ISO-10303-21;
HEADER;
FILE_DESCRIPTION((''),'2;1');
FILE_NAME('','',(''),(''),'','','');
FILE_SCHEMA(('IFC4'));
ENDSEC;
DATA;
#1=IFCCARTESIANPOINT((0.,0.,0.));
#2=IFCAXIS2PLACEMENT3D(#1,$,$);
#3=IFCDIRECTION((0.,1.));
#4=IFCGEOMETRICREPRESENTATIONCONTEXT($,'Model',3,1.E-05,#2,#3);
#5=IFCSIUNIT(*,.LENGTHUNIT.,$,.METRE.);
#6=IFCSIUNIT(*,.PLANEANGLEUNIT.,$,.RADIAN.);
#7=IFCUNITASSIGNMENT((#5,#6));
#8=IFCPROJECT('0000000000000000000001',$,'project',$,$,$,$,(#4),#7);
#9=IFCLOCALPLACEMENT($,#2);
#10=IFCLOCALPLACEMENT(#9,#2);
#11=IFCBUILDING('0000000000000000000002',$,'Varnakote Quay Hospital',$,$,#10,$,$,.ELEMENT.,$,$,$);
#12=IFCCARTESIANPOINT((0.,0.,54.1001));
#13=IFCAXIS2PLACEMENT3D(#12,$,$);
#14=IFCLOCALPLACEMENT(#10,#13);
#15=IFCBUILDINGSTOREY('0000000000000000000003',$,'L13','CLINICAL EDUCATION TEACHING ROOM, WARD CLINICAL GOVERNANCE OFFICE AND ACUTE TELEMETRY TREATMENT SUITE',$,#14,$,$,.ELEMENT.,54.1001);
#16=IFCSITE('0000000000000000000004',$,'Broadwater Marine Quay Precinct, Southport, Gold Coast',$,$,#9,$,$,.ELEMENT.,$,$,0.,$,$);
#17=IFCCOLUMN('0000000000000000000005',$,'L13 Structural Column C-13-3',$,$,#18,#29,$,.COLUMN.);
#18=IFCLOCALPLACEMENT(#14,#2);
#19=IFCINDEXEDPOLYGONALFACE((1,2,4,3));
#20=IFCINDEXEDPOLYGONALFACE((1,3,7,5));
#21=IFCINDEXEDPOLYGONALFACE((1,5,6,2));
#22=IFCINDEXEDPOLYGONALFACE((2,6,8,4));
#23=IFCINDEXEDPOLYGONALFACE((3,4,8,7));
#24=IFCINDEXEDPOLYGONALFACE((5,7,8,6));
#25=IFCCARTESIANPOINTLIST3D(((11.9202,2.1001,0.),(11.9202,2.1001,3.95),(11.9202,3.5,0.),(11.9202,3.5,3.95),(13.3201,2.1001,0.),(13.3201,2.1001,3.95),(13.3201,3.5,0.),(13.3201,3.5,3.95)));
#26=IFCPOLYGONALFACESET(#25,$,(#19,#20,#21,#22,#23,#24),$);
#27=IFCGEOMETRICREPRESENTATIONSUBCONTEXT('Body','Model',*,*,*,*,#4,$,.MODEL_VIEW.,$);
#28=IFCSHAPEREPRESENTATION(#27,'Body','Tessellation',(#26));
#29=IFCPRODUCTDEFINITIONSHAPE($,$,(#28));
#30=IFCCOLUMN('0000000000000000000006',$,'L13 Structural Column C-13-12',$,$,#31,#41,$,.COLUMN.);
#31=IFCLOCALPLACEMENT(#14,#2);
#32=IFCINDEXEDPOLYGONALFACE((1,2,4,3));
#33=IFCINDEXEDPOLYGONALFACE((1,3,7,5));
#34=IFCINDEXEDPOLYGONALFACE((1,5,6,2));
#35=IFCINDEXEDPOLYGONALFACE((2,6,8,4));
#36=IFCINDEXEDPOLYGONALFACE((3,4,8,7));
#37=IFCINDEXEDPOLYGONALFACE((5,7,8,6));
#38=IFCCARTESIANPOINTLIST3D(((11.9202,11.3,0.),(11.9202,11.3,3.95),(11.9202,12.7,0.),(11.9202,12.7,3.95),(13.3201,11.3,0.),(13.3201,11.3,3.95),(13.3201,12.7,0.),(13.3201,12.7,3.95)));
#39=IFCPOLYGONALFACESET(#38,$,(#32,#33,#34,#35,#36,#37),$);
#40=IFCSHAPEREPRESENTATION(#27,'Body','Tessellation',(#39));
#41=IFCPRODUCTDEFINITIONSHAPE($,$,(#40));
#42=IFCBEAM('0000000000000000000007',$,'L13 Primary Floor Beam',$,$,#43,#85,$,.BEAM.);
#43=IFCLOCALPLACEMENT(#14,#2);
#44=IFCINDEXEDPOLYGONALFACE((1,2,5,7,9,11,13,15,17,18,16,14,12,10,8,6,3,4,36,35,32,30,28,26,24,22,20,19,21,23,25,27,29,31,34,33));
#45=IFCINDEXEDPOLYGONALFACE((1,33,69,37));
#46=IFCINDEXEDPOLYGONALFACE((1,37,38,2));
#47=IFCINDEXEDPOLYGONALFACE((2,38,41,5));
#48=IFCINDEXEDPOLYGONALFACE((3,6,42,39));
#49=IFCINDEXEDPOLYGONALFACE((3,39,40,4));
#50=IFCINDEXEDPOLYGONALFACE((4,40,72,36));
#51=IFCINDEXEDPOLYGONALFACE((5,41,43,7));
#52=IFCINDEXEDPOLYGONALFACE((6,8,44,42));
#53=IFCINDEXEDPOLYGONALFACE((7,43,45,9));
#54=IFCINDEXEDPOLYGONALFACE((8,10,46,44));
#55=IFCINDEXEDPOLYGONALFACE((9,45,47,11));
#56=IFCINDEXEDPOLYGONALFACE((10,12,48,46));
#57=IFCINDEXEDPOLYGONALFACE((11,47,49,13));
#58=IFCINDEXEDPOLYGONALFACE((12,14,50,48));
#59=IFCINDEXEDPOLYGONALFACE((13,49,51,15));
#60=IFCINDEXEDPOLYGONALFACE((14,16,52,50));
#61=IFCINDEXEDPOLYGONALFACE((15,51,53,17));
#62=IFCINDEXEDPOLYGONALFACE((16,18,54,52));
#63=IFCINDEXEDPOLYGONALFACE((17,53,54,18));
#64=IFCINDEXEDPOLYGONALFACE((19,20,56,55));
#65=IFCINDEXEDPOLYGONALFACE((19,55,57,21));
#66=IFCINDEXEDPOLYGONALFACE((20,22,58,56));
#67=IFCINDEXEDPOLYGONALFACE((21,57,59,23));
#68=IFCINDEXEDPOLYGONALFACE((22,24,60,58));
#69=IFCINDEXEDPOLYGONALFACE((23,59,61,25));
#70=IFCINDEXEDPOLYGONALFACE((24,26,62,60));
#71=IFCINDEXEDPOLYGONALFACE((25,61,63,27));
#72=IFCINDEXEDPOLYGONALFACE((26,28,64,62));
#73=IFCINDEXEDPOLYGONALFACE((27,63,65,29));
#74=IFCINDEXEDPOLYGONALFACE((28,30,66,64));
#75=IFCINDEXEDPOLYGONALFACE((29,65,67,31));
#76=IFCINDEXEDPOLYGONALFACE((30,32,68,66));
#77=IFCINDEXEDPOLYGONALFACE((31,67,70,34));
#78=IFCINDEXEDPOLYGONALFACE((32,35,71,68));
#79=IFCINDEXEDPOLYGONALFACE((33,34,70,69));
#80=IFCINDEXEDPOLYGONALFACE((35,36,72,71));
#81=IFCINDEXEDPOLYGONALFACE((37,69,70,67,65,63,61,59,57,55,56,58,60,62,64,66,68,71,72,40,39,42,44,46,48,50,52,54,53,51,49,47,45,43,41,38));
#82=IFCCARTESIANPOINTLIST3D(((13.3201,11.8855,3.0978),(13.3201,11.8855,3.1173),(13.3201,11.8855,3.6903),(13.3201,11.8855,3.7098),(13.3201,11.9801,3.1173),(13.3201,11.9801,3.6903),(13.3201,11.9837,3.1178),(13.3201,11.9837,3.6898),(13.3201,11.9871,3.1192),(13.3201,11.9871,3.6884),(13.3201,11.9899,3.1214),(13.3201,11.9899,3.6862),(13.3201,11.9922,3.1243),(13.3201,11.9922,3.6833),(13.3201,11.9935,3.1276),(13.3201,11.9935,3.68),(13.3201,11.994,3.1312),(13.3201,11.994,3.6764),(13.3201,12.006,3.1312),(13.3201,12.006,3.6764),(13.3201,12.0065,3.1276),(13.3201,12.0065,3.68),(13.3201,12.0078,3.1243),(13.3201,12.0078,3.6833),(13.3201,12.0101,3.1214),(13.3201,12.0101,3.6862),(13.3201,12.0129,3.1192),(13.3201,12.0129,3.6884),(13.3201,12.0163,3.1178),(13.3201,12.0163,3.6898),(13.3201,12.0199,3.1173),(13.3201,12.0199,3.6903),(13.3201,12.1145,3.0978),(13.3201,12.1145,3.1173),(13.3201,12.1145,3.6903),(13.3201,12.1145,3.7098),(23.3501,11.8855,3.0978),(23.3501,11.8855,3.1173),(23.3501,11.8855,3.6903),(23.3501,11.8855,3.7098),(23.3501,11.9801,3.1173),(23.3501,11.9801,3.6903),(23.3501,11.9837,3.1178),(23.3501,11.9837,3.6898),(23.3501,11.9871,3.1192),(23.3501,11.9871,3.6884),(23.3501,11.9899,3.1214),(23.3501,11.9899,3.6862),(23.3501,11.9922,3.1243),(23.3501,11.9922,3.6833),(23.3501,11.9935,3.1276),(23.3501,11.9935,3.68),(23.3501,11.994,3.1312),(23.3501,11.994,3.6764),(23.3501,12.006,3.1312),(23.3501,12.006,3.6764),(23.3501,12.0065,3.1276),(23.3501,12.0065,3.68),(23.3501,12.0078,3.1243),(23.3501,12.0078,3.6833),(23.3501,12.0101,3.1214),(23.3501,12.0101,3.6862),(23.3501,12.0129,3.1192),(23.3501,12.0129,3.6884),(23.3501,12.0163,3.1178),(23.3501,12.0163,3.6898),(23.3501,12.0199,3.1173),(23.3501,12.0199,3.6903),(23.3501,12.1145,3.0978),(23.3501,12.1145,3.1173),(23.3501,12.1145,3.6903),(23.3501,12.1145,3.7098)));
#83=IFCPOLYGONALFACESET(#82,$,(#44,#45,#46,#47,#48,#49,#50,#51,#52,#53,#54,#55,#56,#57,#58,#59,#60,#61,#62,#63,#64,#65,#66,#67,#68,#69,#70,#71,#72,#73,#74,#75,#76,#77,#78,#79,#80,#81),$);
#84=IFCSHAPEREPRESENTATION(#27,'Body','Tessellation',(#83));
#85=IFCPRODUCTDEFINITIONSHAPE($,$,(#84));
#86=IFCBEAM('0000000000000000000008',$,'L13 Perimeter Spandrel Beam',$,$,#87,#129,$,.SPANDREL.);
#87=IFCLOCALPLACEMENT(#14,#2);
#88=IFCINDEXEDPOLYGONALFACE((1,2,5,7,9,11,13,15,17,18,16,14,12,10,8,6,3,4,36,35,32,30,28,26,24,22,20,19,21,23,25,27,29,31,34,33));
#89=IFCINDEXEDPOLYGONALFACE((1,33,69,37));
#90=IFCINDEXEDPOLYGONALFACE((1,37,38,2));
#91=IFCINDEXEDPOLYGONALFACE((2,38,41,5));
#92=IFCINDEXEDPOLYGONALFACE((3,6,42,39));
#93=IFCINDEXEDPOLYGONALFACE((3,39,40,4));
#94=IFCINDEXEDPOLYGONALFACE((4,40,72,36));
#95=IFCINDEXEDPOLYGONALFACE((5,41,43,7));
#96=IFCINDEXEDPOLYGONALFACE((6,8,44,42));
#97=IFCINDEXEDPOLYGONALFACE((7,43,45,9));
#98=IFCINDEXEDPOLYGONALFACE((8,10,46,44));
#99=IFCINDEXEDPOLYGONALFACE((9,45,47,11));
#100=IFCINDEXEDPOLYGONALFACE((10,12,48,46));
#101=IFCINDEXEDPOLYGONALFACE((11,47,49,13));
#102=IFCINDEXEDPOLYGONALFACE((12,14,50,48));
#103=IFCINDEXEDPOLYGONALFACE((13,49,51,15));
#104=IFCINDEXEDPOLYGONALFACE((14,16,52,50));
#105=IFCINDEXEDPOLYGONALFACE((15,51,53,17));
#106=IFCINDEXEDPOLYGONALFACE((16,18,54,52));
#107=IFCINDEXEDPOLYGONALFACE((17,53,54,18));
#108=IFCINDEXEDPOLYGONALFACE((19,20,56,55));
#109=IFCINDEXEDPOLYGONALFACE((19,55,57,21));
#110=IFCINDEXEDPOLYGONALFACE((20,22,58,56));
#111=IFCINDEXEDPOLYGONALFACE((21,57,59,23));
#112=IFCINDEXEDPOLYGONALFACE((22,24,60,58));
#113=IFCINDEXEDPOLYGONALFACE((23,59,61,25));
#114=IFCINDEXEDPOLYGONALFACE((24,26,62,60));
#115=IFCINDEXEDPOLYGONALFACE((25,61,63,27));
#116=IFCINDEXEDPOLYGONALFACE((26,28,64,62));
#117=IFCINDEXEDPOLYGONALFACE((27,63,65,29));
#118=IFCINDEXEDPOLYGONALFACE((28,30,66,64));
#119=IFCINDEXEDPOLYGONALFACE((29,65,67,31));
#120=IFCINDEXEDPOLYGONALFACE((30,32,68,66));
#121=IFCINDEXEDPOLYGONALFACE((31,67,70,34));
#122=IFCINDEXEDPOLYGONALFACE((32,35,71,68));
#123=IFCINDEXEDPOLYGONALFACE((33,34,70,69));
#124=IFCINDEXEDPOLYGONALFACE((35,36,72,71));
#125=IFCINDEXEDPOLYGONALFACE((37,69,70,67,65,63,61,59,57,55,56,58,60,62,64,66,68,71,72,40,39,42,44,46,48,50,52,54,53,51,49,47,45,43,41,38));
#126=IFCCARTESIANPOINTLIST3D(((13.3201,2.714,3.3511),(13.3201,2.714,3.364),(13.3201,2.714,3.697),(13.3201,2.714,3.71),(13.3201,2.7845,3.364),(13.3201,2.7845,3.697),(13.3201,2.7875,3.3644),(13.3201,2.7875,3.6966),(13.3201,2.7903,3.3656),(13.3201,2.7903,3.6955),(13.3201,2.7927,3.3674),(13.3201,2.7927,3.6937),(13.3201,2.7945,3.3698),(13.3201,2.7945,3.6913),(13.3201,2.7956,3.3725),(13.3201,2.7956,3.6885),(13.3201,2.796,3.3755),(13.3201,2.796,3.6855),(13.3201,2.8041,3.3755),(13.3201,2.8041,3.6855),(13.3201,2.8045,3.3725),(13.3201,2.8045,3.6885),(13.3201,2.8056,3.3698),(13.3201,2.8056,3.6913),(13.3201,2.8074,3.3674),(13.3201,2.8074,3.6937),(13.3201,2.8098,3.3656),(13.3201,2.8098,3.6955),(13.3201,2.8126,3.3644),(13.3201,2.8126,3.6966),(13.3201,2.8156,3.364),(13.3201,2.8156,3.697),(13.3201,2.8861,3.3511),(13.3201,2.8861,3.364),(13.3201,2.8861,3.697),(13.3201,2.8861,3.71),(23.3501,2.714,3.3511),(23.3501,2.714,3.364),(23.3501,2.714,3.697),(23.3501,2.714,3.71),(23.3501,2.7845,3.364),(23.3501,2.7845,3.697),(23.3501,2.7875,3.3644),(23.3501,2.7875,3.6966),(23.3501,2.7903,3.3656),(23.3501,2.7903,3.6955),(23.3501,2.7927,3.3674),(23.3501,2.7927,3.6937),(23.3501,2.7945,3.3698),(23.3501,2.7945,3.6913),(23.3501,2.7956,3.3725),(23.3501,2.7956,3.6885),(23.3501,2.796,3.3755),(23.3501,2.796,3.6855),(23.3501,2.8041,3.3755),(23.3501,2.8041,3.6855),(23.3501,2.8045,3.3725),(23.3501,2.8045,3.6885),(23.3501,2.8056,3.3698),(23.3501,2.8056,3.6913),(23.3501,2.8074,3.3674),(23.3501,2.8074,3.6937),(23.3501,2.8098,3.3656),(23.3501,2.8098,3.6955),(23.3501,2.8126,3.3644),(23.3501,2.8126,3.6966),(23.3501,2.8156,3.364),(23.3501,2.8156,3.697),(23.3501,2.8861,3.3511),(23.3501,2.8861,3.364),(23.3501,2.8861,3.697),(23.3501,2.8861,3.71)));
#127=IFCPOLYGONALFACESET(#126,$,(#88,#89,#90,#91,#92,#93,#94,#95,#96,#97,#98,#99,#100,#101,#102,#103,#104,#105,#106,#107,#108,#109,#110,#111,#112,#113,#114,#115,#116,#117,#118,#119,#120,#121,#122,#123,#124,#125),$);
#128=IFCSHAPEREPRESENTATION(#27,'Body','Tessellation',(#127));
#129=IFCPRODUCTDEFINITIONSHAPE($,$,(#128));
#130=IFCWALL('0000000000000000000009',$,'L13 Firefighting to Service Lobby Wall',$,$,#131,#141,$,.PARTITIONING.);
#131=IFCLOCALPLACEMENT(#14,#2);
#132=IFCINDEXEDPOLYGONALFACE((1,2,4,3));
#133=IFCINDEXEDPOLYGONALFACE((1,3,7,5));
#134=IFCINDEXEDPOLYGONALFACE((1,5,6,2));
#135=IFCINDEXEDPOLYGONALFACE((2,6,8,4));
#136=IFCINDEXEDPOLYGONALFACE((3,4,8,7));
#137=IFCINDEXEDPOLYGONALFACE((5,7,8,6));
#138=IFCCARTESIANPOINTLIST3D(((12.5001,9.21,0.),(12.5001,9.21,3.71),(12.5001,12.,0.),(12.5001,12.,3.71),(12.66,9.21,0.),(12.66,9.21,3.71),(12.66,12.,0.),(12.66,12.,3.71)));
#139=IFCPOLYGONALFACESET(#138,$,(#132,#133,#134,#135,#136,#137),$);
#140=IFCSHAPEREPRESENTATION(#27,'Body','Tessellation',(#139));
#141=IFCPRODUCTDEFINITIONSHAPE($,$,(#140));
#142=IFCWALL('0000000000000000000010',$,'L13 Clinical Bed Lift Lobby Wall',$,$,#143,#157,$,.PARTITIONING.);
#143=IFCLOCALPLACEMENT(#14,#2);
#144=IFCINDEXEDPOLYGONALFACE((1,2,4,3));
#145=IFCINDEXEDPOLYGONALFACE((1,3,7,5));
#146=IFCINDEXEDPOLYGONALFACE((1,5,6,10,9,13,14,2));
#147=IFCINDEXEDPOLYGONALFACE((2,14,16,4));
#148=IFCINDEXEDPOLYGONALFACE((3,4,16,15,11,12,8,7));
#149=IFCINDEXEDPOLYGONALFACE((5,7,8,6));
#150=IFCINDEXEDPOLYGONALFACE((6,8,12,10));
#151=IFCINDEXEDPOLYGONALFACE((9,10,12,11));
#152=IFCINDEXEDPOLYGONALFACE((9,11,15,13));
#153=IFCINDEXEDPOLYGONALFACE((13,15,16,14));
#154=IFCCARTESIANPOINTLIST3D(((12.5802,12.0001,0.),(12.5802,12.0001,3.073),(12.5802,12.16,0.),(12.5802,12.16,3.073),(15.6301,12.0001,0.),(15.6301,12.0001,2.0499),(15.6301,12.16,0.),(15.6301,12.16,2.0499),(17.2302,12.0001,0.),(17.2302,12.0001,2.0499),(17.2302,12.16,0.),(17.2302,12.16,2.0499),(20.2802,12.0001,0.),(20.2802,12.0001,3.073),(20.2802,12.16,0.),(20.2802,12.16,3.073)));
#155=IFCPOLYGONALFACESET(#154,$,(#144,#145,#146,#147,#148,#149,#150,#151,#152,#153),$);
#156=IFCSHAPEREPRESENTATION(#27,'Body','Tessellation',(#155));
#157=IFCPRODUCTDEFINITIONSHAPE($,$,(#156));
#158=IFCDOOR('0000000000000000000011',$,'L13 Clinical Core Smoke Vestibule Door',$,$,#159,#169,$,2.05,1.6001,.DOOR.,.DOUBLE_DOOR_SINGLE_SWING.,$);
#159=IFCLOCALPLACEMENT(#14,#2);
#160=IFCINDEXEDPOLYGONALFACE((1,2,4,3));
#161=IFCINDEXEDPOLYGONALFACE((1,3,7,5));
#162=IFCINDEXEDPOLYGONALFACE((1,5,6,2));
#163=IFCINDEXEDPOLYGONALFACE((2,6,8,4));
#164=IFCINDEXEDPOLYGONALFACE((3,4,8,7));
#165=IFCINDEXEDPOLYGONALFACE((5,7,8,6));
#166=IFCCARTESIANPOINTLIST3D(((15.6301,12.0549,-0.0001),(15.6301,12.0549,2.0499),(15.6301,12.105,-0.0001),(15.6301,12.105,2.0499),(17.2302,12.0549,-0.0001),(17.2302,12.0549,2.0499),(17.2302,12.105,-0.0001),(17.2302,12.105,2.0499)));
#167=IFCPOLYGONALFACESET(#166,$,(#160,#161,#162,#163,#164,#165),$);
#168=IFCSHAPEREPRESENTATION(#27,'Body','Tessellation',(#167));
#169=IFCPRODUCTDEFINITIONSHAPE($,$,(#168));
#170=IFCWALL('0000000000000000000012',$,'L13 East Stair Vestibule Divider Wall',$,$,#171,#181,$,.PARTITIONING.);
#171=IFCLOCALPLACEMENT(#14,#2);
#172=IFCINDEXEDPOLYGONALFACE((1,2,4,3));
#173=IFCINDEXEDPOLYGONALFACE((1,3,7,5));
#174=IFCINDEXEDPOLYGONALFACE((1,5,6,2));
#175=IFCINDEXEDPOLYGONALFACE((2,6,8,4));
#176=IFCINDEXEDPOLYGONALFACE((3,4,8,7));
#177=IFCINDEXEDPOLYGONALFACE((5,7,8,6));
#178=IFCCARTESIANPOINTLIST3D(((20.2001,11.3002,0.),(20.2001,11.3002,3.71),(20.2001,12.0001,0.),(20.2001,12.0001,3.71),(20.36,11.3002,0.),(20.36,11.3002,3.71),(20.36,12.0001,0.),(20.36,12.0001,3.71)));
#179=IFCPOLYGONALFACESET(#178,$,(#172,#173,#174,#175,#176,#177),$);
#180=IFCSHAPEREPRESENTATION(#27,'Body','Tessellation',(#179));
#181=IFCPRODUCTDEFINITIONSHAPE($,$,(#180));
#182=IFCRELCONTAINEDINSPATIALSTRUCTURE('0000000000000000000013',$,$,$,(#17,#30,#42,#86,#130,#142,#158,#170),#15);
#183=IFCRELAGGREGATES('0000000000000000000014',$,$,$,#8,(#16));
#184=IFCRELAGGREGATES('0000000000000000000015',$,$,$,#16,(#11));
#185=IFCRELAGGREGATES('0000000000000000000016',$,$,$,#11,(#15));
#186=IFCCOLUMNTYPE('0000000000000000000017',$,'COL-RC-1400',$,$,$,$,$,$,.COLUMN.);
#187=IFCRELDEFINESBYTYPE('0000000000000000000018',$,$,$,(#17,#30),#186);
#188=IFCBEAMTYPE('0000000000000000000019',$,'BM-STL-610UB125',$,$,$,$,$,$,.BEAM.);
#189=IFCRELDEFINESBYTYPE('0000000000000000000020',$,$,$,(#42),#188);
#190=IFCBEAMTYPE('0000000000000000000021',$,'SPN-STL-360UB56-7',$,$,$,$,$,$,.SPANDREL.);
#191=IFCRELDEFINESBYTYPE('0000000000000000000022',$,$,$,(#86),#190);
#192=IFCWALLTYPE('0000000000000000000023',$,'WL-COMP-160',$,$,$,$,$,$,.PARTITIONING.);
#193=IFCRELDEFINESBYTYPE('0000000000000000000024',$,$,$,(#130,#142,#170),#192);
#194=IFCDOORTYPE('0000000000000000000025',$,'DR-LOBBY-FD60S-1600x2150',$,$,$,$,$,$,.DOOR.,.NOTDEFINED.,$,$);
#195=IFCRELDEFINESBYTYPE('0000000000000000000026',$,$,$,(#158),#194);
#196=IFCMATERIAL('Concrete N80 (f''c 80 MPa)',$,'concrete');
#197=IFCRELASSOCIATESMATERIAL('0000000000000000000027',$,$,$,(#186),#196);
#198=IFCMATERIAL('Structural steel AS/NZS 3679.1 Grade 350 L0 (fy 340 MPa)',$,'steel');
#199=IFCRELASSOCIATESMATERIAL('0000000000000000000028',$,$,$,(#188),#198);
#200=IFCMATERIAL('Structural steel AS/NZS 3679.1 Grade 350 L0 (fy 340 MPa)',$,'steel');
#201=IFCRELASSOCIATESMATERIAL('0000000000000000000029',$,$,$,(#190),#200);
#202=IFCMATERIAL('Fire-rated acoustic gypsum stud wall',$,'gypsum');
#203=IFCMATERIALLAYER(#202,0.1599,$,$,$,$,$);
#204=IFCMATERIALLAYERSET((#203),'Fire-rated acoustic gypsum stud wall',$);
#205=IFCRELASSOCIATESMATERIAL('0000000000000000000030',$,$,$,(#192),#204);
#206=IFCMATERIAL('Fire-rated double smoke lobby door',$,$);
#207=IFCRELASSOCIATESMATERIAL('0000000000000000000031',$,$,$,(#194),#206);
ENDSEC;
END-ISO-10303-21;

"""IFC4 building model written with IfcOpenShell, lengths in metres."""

from ifc_helpers import new_model, si_unit, direction, frame, frame_2d, origin, origin_2d, place, context, subcontext, project, spatial, rectangle, i_section, extrude, material, layer, layer_set, material_profile, profile_set, type_object, element, fill, save


model = new_model("IFC4")

# Units and contexts
model_context = context("Model", 3, precision=1e-05, world=origin(), true_north=direction((0.0, 1.0)))
body_context = subcontext(model_context, "Body", "Model", "MODEL_VIEW")
ifc_project = project(units=[si_unit("LENGTHUNIT", "METRE"), si_unit("PLANEANGLEUNIT", "RADIAN")], contexts=[model_context])

# Site, building, storey
site_placement = place(None, origin())
site = spatial("IfcSite", under=ifc_project, at=site_placement, Name="Broadwater Marine Quay Precinct, Southport, Gold Coast", CompositionType="ELEMENT", RefElevation=0.0)
building_placement = place(site_placement, origin())
building = spatial("IfcBuilding", under=site, at=building_placement, Name="Varnakote Quay Hospital", CompositionType="ELEMENT")
storey_placement = place(building_placement, frame((0.0, 0.0, 54.1001)))
storey = spatial("IfcBuildingStorey", under=building, at=storey_placement, Name="L13", Description="CLINICAL EDUCATION TEACHING ROOM, WARD CLINICAL GOVERNANCE OFFICE AND ACUTE TELEMETRY TREATMENT SUITE", CompositionType="ELEMENT", Elevation=54.1001)

# Columns
ifc_material_1 = material(Name="Concrete N80 (f'c 80 MPa)", Category="concrete")
ifc_material_profile_1 = material_profile(ifc_material_1, rectangle(XDim=1.3999, YDim=1.3999, at=origin_2d()), Name="RC-COL-1400x1400")
ifc_profile_set_1 = profile_set([ifc_material_profile_1], Name="Concrete N80 (f'c 80 MPa)")
column_type = type_object("IfcColumnType", Name="COL-RC-1400", PredefinedType="COLUMN", material=ifc_profile_set_1)
for number, where, z_axis, x_axis, name in (
    (1, (12.6201, 2.8, 0.0), (0.0, 0.0, 1.0), (1.0, 0.0, 0.0), "L13 Structural Column C-13-3"),
    (2, (12.6201, 12.0, 0.0), (0.0, 0.0, 1.0), (1.0, 0.0, 0.0), "L13 Structural Column C-13-12"),
):
    element("IfcColumn", number, at=place(storey_placement, frame(where, z_axis=z_axis, x_axis=x_axis)), inside=storey, type_object=column_type, Name=name, PredefinedType="COLUMN", context=body_context, shape_type="SweptSolid", body=[
        extrude(rectangle(XDim=1.3999, YDim=1.3999, at=origin_2d()), origin(), (0.0, 0.0, 1.0), 3.95),
    ])

# Beams
ifc_material_2 = material(Name="Structural steel AS/NZS 3679.1 Grade 350 L0 (fy 340 MPa)", Category="steel")
ifc_material_profile_2 = material_profile(ifc_material_2, i_section(OverallWidth=0.229, OverallDepth=0.6121, WebThickness=0.012, FlangeThickness=0.0195, FilletRadius=0.0139, at=origin_2d()), Name="610UB125")
ifc_profile_set_2 = profile_set([ifc_material_profile_2], Name="Structural steel AS/NZS 3679.1 Grade 350 L0 (fy 340 MPa)")
beam_type_1 = type_object("IfcBeamType", Name="BM-STL-610UB125", PredefinedType="BEAM", material=ifc_profile_set_2)
beam_1_placement = place(storey_placement, frame((13.3201, 12.0, 3.4038), z_axis=(1.0, 0.0, 0.0), x_axis=(0.0, 1.0, 0.0)))
element("IfcBeam", 3, at=beam_1_placement, inside=storey, type_object=beam_type_1, Name="L13 Primary Floor Beam", PredefinedType="BEAM", context=body_context, shape_type="SweptSolid", body=[
    extrude(i_section(OverallWidth=0.229, OverallDepth=0.6121, WebThickness=0.012, FlangeThickness=0.0195, FilletRadius=0.0139, at=origin_2d()), origin(), (0.0, 0.0, 1.0), 10.03),
])
ifc_material_3 = material(Name="Structural steel AS/NZS 3679.1 Grade 350 L0 (fy 340 MPa)", Category="steel")
ifc_material_profile_3 = material_profile(ifc_material_3, i_section(OverallWidth=0.1721, OverallDepth=0.3589, WebThickness=0.0081, FlangeThickness=0.0129, FilletRadius=0.0115, at=origin_2d()), Name="360UB56.7")
ifc_profile_set_3 = profile_set([ifc_material_profile_3], Name="Structural steel AS/NZS 3679.1 Grade 350 L0 (fy 340 MPa)")
beam_type_2 = type_object("IfcBeamType", Name="SPN-STL-360UB56-7", PredefinedType="SPANDREL", material=ifc_profile_set_3)
beam_2_placement = place(storey_placement, frame((13.3201, 2.8, 3.5305), z_axis=(1.0, 0.0, 0.0), x_axis=(0.0, 1.0, 0.0)))
element("IfcBeam", 4, at=beam_2_placement, inside=storey, type_object=beam_type_2, Name="L13 Perimeter Spandrel Beam", PredefinedType="SPANDREL", context=body_context, shape_type="SweptSolid", body=[
    extrude(i_section(OverallWidth=0.1721, OverallDepth=0.3589, WebThickness=0.0081, FlangeThickness=0.0129, FilletRadius=0.0115, at=origin_2d()), origin(), (0.0, 0.0, 1.0), 10.03),
])

# Wall
ifc_material_4 = material(Name="Fire-rated acoustic gypsum stud wall", Category="gypsum")
ifc_layer_1 = layer(ifc_material_4, 0.1599)
ifc_layer_set_1 = layer_set([ifc_layer_1], Name="Fire-rated acoustic gypsum stud wall")
wall_type_1 = type_object("IfcWallType", Name="WL-COMP-160", PredefinedType="PARTITIONING", material=ifc_layer_set_1)
wall_1_placement = place(storey_placement, frame((12.5801, 9.21, 0.0), z_axis=(0.0, 0.0, 1.0), x_axis=(0.0, 1.0, 0.0)))
element("IfcWall", 5, at=wall_1_placement, inside=storey, type_object=wall_type_1, Name="L13 Firefighting to Service Lobby Wall", PredefinedType="PARTITIONING", context=body_context, shape_type="SweptSolid", body=[
    extrude(rectangle(XDim=2.79, YDim=0.1599, at=frame_2d((1.395, 0.0))), origin(), (0.0, 0.0, 1.0), 3.71),
])

# Wall, opening, door
wall_2_placement = place(storey_placement, frame((12.5801, 12.0801, 0.0), z_axis=(0.0, 0.0, 1.0), x_axis=(1.0, 0.0, 0.0)))
wall_2 = element("IfcWall", 6, at=wall_2_placement, inside=storey, type_object=wall_type_1, Name="L13 Clinical Bed Lift Lobby Wall", PredefinedType="PARTITIONING", context=body_context, shape_type="SweptSolid", body=[
    extrude(rectangle(XDim=7.7, YDim=0.1599, at=frame_2d((3.8501, 0.0))), origin(), (0.0, 0.0, 1.0), 3.073),
])
opening_1_placement = place(wall_2_placement, frame((3.05, 0.0, 0.0)))
opening_1 = element("IfcOpeningElement", 7, at=opening_1_placement, cuts=wall_2, PredefinedType="OPENING", context=body_context, shape_type="SweptSolid", body=[
    extrude(rectangle(XDim=1.6001, YDim=2.05, at=frame_2d((0.8, 1.0249))), frame((0.0, 0.0898, 0.0), z_axis=(0.0, -1.0, 0.0), x_axis=(1.0, 0.0, 0.0)), (0.0, 0.0, 1.0), 0.1799),
])
ifc_material_5 = material(Name="Fire-rated double smoke lobby door")
door_type_1 = type_object("IfcDoorType", Name="DR-LOBBY-FD60S-1600x2150", OperationType="NOTDEFINED", PredefinedType="DOOR", material=ifc_material_5)
door_1_placement = place(opening_1_placement, origin())
door_1 = element("IfcDoor", 8, at=door_1_placement, inside=storey, type_object=door_type_1, Name="L13 Clinical Core Smoke Vestibule Door", OperationType="DOUBLE_DOOR_SINGLE_SWING", OverallHeight=2.05, OverallWidth=1.6001, PredefinedType="DOOR", context=body_context, shape_type="SweptSolid", body=[
    extrude(rectangle(XDim=1.6001, YDim=2.05, at=frame_2d((0.8, 1.0249))), frame((0.0, 0.0249, 0.0), z_axis=(0.0, -1.0, 0.0), x_axis=(1.0, 0.0, 0.0)), (0.0, 0.0, 1.0), 0.05),
])
fill(opening_1, door_1)

# Wall
wall_3_placement = place(storey_placement, frame((20.28, 11.3, 0.0), z_axis=(0.0, 0.0, 1.0), x_axis=(0.0, 1.0, 0.0)))
element("IfcWall", 9, at=wall_3_placement, inside=storey, type_object=wall_type_1, Name="L13 East Stair Vestibule Divider Wall", PredefinedType="PARTITIONING", context=body_context, shape_type="SweptSolid", body=[
    extrude(rectangle(XDim=0.7, YDim=0.1599, at=frame_2d((0.3501, 0.0))), origin(), (0.0, 0.0, 1.0), 3.71),
])

save(model, "model.ifc")
